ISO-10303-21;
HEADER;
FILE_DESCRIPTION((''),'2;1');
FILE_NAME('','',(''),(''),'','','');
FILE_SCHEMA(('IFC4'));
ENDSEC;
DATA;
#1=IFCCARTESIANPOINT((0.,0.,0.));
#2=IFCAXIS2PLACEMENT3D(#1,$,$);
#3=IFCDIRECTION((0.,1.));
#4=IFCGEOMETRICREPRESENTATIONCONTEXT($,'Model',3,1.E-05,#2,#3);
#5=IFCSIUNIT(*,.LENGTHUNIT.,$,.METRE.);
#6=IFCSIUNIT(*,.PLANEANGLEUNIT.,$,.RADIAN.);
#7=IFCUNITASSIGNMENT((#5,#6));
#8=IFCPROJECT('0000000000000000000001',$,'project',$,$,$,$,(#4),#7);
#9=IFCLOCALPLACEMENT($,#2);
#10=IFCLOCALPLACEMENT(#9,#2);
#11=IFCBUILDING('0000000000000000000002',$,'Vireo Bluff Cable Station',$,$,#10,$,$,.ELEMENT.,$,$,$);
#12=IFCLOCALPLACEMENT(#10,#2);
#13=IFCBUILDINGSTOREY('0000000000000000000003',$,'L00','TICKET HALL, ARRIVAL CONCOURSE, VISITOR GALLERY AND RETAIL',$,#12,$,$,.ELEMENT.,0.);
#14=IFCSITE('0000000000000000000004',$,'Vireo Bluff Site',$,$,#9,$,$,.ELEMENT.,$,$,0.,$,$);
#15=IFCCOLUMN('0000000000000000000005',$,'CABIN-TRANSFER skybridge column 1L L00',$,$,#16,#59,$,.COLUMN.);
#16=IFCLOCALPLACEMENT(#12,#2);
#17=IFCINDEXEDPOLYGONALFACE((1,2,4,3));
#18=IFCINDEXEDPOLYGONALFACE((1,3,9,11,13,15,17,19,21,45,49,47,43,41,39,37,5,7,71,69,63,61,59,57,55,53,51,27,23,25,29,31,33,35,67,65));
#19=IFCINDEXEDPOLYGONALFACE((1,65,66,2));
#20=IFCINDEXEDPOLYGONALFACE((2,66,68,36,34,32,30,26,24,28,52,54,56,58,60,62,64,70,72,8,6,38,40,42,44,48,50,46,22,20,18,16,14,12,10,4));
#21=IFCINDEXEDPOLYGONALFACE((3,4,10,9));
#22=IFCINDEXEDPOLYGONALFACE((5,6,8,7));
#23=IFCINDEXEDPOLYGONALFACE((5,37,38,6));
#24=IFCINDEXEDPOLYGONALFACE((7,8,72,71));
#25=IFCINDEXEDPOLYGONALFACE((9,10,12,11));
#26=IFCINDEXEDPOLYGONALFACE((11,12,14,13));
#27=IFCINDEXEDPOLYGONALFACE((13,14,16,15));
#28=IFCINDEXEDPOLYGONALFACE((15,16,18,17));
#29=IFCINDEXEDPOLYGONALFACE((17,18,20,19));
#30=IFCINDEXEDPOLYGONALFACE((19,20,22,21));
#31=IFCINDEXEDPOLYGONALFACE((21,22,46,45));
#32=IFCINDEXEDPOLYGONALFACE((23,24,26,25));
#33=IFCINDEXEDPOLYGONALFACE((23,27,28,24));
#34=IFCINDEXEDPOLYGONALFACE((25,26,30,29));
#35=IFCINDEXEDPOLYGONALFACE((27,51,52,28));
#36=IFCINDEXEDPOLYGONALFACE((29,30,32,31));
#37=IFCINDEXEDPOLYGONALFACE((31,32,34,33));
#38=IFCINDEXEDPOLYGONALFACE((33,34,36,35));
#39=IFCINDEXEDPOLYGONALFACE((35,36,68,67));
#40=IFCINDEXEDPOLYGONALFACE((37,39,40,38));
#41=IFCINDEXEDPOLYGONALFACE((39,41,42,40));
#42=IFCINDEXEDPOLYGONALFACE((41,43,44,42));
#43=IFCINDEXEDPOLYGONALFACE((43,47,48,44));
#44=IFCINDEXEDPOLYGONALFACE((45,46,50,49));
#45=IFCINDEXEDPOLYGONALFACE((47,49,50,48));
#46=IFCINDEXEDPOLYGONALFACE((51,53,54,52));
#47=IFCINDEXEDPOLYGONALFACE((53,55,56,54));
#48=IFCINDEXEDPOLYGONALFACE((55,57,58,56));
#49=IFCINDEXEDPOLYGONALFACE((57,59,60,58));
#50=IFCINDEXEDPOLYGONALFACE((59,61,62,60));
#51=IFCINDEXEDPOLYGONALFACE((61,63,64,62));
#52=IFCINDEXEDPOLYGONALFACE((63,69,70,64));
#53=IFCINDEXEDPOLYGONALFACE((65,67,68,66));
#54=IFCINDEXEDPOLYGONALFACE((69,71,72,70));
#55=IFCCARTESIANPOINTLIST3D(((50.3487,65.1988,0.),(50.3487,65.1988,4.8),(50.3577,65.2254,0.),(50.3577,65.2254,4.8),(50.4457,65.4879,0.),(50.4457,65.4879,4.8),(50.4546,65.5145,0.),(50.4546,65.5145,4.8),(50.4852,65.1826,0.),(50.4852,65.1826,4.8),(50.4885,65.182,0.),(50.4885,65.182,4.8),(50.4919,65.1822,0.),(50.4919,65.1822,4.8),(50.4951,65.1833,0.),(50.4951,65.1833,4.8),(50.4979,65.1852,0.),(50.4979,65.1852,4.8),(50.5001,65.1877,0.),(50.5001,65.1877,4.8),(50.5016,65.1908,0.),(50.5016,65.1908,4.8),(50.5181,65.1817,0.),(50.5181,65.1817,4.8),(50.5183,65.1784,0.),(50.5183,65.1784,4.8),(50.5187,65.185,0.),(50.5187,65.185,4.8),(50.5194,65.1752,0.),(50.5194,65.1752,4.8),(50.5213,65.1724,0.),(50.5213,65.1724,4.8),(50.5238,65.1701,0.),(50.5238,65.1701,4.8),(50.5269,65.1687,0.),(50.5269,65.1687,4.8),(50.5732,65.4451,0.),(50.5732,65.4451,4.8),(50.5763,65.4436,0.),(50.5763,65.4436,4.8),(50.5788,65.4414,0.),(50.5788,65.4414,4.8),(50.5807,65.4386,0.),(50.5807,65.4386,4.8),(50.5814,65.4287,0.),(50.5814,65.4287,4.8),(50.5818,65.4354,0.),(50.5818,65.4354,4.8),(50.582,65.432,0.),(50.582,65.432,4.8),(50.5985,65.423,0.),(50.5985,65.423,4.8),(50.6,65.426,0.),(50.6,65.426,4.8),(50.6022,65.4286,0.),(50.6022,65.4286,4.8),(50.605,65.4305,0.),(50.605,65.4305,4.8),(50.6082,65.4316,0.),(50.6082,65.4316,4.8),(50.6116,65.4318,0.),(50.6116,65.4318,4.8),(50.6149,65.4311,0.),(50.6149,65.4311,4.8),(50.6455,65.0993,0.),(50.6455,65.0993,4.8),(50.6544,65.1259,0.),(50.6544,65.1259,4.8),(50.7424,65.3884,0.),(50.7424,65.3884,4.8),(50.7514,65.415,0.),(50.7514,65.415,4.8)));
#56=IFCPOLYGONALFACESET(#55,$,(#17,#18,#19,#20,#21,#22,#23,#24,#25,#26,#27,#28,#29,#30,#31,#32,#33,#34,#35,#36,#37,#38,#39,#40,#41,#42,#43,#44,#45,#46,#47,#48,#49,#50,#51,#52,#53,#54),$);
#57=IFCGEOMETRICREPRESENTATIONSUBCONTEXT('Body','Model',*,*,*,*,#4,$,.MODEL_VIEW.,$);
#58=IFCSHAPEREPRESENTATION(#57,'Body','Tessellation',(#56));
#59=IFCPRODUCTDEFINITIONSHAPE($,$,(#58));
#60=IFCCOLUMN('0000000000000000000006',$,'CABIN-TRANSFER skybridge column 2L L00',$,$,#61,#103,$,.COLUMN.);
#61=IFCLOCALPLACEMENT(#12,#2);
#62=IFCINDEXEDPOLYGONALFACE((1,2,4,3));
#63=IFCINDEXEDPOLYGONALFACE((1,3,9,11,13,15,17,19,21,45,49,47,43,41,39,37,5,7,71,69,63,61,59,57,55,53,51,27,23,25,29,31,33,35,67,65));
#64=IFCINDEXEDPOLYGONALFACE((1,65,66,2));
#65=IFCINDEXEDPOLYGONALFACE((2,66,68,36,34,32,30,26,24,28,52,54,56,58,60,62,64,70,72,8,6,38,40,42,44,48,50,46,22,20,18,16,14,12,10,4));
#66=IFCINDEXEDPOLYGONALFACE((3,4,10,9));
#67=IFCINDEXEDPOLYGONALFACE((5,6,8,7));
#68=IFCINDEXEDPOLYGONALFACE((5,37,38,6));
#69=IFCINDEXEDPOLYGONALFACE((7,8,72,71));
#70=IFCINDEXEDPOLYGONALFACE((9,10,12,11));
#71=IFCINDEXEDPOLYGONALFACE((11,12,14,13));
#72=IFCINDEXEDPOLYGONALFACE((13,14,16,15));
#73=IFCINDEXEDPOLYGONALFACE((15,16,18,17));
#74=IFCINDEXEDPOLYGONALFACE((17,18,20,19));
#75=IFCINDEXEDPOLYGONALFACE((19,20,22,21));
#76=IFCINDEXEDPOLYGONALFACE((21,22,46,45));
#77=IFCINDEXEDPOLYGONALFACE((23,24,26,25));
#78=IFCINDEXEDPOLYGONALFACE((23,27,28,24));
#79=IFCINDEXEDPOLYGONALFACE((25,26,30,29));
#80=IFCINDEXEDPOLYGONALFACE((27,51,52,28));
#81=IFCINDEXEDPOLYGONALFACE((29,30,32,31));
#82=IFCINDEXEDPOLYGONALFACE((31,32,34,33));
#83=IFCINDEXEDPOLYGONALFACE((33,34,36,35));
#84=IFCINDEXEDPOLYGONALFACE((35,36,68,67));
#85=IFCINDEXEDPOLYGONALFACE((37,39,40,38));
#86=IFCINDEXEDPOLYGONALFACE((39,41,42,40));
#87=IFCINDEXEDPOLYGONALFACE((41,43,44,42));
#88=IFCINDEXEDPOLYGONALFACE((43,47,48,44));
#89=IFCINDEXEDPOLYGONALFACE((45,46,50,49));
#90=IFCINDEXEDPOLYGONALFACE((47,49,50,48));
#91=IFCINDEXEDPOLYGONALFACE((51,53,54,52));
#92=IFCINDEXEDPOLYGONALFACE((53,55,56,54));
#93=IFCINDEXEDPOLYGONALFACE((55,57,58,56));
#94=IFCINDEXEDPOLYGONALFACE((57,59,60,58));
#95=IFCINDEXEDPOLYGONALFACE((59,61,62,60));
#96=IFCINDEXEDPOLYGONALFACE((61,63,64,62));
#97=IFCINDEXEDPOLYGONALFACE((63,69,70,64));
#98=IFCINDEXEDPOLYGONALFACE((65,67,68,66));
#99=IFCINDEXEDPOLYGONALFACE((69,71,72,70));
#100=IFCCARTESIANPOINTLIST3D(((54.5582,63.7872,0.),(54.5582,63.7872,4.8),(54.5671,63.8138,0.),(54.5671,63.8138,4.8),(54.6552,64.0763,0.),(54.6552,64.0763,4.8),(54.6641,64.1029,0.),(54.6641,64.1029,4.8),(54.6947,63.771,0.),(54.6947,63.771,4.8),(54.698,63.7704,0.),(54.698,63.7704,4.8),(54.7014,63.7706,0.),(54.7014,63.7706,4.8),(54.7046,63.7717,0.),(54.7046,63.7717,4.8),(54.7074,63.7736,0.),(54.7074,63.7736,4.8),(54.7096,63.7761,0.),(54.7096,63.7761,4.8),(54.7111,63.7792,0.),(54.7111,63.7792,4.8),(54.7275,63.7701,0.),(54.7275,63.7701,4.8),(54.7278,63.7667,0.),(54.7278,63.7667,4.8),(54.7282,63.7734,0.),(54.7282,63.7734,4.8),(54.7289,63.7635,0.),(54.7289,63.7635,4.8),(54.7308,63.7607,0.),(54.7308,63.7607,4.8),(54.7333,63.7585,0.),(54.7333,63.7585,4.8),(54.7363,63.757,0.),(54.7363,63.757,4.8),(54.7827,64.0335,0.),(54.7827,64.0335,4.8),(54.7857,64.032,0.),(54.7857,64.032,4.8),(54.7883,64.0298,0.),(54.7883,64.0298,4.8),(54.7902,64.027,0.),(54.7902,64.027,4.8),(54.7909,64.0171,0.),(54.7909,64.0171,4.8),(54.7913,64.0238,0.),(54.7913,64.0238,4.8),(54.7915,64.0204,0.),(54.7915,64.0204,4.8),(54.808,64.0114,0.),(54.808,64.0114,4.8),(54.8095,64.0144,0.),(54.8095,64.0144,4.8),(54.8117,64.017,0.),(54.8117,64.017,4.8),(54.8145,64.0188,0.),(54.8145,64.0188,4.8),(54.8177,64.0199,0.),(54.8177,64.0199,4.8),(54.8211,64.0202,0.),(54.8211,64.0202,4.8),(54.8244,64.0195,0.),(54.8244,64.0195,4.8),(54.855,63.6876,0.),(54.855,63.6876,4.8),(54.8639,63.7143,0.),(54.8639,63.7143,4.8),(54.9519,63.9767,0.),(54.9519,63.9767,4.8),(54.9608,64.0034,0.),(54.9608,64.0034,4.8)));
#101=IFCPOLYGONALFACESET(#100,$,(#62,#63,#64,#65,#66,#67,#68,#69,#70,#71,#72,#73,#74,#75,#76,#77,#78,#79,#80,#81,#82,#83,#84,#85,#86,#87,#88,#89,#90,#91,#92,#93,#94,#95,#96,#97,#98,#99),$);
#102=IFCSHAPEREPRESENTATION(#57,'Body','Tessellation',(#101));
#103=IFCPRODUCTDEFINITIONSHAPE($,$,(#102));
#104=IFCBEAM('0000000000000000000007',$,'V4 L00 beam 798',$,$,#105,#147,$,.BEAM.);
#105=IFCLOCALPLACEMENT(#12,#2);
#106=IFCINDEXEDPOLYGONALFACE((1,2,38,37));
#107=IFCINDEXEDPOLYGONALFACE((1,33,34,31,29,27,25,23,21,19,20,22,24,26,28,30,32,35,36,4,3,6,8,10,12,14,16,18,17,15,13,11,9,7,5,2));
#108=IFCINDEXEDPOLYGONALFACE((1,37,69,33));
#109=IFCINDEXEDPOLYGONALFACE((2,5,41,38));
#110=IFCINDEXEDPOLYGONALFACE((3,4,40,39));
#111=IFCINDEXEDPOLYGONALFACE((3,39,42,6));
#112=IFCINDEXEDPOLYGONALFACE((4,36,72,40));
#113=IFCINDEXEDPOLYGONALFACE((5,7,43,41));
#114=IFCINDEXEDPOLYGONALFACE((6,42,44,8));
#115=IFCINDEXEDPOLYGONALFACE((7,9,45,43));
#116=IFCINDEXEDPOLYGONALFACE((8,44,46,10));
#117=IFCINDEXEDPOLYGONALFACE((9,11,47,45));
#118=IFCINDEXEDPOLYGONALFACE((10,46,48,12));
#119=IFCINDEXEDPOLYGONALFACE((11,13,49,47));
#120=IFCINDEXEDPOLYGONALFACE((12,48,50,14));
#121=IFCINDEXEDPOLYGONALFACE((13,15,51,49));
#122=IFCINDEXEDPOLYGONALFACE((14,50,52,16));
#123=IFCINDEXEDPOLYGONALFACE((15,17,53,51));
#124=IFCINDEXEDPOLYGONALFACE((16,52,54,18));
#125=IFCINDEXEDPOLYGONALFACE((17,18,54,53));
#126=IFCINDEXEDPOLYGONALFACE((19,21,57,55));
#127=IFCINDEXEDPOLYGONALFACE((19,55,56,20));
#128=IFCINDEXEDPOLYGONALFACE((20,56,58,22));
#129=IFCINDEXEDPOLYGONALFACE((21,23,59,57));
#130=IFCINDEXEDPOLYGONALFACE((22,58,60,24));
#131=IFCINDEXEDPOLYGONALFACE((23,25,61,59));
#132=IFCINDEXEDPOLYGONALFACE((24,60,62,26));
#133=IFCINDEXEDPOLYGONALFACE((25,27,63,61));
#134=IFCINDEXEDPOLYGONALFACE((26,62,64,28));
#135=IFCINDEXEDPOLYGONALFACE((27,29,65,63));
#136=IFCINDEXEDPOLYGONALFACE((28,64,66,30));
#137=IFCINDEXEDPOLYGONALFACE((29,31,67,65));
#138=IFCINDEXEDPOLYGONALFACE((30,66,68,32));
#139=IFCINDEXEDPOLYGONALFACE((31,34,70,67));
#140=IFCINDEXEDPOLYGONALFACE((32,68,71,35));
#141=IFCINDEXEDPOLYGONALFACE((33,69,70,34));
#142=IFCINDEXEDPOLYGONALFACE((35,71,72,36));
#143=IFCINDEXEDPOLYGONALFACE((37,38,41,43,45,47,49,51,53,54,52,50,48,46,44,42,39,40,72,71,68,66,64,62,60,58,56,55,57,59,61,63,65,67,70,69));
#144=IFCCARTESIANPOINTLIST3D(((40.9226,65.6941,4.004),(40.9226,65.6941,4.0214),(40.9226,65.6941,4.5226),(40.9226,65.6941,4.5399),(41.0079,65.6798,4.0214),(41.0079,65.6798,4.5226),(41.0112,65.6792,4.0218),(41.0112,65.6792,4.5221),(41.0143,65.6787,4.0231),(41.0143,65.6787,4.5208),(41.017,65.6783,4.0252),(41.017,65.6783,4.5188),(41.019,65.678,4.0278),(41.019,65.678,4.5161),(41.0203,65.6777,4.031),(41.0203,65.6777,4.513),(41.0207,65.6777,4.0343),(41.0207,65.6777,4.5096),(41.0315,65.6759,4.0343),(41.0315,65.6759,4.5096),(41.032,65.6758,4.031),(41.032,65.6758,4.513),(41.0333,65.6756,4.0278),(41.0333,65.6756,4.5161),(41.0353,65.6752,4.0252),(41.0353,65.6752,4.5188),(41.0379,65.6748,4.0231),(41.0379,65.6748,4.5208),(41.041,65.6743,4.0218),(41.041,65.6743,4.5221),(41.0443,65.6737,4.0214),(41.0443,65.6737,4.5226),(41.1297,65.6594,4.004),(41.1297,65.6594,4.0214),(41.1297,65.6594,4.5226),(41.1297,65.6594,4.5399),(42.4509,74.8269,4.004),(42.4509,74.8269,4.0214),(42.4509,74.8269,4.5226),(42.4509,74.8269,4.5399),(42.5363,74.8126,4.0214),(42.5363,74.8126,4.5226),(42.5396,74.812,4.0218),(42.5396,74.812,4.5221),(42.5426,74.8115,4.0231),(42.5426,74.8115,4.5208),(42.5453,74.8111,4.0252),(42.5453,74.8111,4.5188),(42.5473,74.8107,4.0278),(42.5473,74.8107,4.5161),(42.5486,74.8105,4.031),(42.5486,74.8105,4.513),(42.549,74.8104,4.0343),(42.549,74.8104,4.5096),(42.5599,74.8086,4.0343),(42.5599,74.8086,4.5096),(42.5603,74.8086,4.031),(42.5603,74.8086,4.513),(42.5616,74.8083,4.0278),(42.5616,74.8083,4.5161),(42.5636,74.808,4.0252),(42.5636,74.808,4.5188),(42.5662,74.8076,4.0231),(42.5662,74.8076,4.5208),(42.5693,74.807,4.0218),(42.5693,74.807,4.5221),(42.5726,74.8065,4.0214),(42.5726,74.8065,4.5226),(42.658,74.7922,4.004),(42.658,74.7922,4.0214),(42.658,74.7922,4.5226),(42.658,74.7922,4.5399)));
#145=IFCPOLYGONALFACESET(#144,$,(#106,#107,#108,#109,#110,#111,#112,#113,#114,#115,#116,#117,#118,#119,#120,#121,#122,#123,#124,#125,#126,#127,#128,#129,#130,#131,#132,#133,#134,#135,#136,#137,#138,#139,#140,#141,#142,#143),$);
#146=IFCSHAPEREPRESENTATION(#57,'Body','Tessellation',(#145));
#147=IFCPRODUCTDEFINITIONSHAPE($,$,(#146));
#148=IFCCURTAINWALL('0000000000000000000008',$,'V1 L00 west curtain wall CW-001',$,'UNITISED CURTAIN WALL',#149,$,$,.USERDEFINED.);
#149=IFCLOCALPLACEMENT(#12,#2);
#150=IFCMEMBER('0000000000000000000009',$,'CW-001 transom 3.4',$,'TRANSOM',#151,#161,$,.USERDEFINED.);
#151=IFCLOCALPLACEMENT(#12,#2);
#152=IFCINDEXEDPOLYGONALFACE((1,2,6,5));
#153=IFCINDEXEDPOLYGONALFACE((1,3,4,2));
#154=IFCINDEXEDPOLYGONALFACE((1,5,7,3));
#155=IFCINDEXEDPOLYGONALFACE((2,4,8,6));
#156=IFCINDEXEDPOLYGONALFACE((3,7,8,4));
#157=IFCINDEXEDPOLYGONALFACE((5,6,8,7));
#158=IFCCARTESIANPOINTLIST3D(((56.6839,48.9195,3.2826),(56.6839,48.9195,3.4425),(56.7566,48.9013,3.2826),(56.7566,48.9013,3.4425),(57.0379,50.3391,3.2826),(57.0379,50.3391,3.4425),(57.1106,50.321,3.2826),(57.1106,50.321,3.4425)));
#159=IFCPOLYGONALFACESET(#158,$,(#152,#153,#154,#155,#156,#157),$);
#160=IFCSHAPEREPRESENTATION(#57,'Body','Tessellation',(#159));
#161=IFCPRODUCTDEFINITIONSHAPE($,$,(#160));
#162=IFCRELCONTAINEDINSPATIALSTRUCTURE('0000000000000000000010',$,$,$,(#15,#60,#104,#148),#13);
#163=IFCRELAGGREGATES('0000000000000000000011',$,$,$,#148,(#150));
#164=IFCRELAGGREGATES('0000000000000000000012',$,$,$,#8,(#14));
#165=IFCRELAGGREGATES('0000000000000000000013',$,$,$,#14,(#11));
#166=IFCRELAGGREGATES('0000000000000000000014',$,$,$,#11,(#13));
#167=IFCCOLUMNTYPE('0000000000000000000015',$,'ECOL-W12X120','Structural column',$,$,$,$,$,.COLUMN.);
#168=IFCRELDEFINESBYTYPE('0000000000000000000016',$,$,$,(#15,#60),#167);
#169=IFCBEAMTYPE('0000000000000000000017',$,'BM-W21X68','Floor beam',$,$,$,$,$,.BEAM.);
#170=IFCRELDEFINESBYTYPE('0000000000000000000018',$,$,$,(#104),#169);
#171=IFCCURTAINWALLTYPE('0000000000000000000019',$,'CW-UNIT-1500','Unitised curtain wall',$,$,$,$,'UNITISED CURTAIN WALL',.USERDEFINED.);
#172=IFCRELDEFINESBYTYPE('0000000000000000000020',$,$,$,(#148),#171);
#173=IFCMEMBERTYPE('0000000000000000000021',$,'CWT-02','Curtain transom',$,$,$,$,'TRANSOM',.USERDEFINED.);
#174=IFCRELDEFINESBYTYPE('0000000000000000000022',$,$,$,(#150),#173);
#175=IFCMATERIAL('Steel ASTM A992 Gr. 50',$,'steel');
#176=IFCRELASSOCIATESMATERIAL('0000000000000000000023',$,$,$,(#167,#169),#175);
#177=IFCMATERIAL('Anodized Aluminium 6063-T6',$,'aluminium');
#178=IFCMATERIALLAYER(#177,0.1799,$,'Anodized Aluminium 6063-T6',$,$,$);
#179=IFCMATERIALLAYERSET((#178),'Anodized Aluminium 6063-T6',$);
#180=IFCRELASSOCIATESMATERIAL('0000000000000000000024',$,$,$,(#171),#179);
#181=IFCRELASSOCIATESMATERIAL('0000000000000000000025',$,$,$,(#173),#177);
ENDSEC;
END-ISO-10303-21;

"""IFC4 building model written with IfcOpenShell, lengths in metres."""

from ifc_helpers import new_model, si_unit, direction, frame, origin, origin_2d, place, context, subcontext, project, spatial, rectangle, i_section, extrude, material, layer, layer_set, material_profile, profile_set, type_object, element, aggregate, save


model = new_model("IFC4")

# Units and contexts
model_context = context("Model", 3, precision=1e-05, world=origin(), true_north=direction((0.0, 1.0)))
body_context = subcontext(model_context, "Body", "Model", "MODEL_VIEW")
ifc_project = project(units=[si_unit("LENGTHUNIT", "METRE"), si_unit("PLANEANGLEUNIT", "RADIAN")], contexts=[model_context])

# Site, building, storey
site_placement = place(None, origin())
site = spatial("IfcSite", under=ifc_project, at=site_placement, Name="Vireo Bluff Site", CompositionType="ELEMENT", RefElevation=0.0)
building_placement = place(site_placement, origin())
building = spatial("IfcBuilding", under=site, at=building_placement, Name="Vireo Bluff Cable Station", CompositionType="ELEMENT")
storey_placement = place(building_placement, origin())
storey = spatial("IfcBuildingStorey", under=building, at=storey_placement, Name="L00", Description="TICKET HALL, ARRIVAL CONCOURSE, VISITOR GALLERY AND RETAIL", CompositionType="ELEMENT", Elevation=0.0)

# Columns
ifc_material_1 = material(Name="Steel ASTM A992 Gr. 50", Category="steel")
ifc_material_profile_1 = material_profile(ifc_material_1, i_section(OverallWidth=0.313, OverallDepth=0.333, WebThickness=0.0181, FlangeThickness=0.0281, FilletRadius=0.0129, at=origin_2d()), Name="W12X120")
ifc_profile_set_1 = profile_set([ifc_material_profile_1], Name="Steel ASTM A992 Gr. 50")
column_type_1 = type_object("IfcColumnType", Name="ECOL-W12X120", Description="Structural column", PredefinedType="COLUMN", material=ifc_profile_set_1)
for number, where, z_axis, x_axis, name in (
    (1, (50.55, 65.3069, 0.0), (0.0, 0.0, 1.0), (0.948105, -0.317958, 0.0), "CABIN-TRANSFER skybridge column 1L L00"),
    (2, (54.7595, 63.8953, 0.0), (0.0, 0.0, 1.0), (0.948105, -0.317958, 0.0), "CABIN-TRANSFER skybridge column 2L L00"),
):
    element("IfcColumn", number, at=place(storey_placement, frame(where, z_axis=z_axis, x_axis=x_axis)), inside=storey, type_object=column_type_1, Name=name, PredefinedType="COLUMN", context=body_context, shape_type="SweptSolid", body=[
        extrude(i_section(OverallWidth=0.313, OverallDepth=0.333, WebThickness=0.0181, FlangeThickness=0.0281, FilletRadius=0.0129, at=origin_2d()), origin(), (0.0, 0.0, 1.0), 4.8),
    ])

# Beam
ifc_material_profile_2 = material_profile(ifc_material_1, i_section(OverallWidth=0.21, OverallDepth=0.5359, WebThickness=0.011, FlangeThickness=0.0173, FilletRadius=0.0129, at=origin_2d()), Name="W21X68")
ifc_profile_set_2 = profile_set([ifc_material_profile_2], Name="Steel ASTM A992 Gr. 50")
beam_type_1 = type_object("IfcBeamType", Name="BM-W21X68", Description="Floor beam", PredefinedType="BEAM", material=ifc_profile_set_2)
beam_1_placement = place(storey_placement, frame((41.0261, 65.6768, 4.272), z_axis=(0.165049, 0.986285, 0.0), x_axis=(-0.986285, 0.165049, 0.0)))
element("IfcBeam", 3, at=beam_1_placement, inside=storey, type_object=beam_type_1, Name="V4 L00 beam 798", PredefinedType="BEAM", context=body_context, shape_type="SweptSolid", body=[
    extrude(i_section(OverallWidth=0.21, OverallDepth=0.5359, WebThickness=0.011, FlangeThickness=0.0173, FilletRadius=0.0129, at=origin_2d()), origin(), (0.0, 0.0, 1.0), 9.2598),
])

# Curtain wall, member
ifc_material_2 = material(Name="Anodized Aluminium 6063-T6", Category="aluminium")
ifc_layer_1 = layer(ifc_material_2, 0.1799, Name="Anodized Aluminium 6063-T6")
ifc_layer_set_1 = layer_set([ifc_layer_1], Name="Anodized Aluminium 6063-T6")
curtain_wall_type = type_object("IfcCurtainWallType", Name="CW-UNIT-1500", Description="Unitised curtain wall", ElementType="UNITISED CURTAIN WALL", PredefinedType="USERDEFINED", material=ifc_layer_set_1)
curtain_wall_placement = place(storey_placement, origin())
curtain_wall = element("IfcCurtainWall", 4, at=curtain_wall_placement, inside=storey, type_object=curtain_wall_type, Name="V1 L00 west curtain wall CW-001", ObjectType="UNITISED CURTAIN WALL", PredefinedType="USERDEFINED")
ifc_material_profile_3 = material_profile(ifc_material_2, rectangle(XDim=0.075, YDim=0.1599, at=origin_2d()), Name="ALU-T-75X160")
ifc_profile_set_3 = profile_set([ifc_material_profile_3], Name="Anodized Aluminium 6063-T6")
member_type = type_object("IfcMemberType", Name="CWT-02", Description="Curtain transom", ElementType="TRANSOM", PredefinedType="USERDEFINED", material=ifc_profile_set_3)
member_placement = place(storey_placement, frame((56.7202, 48.9104, 3.3625), z_axis=(0.241947, 0.97029, 0.0), x_axis=(-0.97029, 0.241947, 0.0)))
member = element("IfcMember", 5, at=member_placement, type_object=member_type, Name="CW-001 transom 3.4", ObjectType="TRANSOM", PredefinedType="USERDEFINED", context=body_context, shape_type="SweptSolid", body=[
    extrude(rectangle(XDim=0.075, YDim=0.1599, at=origin_2d()), origin(), (0.0, 0.0, 1.0), 1.4631),
])

aggregate(curtain_wall, [member])

save(model, "model.ifc")
